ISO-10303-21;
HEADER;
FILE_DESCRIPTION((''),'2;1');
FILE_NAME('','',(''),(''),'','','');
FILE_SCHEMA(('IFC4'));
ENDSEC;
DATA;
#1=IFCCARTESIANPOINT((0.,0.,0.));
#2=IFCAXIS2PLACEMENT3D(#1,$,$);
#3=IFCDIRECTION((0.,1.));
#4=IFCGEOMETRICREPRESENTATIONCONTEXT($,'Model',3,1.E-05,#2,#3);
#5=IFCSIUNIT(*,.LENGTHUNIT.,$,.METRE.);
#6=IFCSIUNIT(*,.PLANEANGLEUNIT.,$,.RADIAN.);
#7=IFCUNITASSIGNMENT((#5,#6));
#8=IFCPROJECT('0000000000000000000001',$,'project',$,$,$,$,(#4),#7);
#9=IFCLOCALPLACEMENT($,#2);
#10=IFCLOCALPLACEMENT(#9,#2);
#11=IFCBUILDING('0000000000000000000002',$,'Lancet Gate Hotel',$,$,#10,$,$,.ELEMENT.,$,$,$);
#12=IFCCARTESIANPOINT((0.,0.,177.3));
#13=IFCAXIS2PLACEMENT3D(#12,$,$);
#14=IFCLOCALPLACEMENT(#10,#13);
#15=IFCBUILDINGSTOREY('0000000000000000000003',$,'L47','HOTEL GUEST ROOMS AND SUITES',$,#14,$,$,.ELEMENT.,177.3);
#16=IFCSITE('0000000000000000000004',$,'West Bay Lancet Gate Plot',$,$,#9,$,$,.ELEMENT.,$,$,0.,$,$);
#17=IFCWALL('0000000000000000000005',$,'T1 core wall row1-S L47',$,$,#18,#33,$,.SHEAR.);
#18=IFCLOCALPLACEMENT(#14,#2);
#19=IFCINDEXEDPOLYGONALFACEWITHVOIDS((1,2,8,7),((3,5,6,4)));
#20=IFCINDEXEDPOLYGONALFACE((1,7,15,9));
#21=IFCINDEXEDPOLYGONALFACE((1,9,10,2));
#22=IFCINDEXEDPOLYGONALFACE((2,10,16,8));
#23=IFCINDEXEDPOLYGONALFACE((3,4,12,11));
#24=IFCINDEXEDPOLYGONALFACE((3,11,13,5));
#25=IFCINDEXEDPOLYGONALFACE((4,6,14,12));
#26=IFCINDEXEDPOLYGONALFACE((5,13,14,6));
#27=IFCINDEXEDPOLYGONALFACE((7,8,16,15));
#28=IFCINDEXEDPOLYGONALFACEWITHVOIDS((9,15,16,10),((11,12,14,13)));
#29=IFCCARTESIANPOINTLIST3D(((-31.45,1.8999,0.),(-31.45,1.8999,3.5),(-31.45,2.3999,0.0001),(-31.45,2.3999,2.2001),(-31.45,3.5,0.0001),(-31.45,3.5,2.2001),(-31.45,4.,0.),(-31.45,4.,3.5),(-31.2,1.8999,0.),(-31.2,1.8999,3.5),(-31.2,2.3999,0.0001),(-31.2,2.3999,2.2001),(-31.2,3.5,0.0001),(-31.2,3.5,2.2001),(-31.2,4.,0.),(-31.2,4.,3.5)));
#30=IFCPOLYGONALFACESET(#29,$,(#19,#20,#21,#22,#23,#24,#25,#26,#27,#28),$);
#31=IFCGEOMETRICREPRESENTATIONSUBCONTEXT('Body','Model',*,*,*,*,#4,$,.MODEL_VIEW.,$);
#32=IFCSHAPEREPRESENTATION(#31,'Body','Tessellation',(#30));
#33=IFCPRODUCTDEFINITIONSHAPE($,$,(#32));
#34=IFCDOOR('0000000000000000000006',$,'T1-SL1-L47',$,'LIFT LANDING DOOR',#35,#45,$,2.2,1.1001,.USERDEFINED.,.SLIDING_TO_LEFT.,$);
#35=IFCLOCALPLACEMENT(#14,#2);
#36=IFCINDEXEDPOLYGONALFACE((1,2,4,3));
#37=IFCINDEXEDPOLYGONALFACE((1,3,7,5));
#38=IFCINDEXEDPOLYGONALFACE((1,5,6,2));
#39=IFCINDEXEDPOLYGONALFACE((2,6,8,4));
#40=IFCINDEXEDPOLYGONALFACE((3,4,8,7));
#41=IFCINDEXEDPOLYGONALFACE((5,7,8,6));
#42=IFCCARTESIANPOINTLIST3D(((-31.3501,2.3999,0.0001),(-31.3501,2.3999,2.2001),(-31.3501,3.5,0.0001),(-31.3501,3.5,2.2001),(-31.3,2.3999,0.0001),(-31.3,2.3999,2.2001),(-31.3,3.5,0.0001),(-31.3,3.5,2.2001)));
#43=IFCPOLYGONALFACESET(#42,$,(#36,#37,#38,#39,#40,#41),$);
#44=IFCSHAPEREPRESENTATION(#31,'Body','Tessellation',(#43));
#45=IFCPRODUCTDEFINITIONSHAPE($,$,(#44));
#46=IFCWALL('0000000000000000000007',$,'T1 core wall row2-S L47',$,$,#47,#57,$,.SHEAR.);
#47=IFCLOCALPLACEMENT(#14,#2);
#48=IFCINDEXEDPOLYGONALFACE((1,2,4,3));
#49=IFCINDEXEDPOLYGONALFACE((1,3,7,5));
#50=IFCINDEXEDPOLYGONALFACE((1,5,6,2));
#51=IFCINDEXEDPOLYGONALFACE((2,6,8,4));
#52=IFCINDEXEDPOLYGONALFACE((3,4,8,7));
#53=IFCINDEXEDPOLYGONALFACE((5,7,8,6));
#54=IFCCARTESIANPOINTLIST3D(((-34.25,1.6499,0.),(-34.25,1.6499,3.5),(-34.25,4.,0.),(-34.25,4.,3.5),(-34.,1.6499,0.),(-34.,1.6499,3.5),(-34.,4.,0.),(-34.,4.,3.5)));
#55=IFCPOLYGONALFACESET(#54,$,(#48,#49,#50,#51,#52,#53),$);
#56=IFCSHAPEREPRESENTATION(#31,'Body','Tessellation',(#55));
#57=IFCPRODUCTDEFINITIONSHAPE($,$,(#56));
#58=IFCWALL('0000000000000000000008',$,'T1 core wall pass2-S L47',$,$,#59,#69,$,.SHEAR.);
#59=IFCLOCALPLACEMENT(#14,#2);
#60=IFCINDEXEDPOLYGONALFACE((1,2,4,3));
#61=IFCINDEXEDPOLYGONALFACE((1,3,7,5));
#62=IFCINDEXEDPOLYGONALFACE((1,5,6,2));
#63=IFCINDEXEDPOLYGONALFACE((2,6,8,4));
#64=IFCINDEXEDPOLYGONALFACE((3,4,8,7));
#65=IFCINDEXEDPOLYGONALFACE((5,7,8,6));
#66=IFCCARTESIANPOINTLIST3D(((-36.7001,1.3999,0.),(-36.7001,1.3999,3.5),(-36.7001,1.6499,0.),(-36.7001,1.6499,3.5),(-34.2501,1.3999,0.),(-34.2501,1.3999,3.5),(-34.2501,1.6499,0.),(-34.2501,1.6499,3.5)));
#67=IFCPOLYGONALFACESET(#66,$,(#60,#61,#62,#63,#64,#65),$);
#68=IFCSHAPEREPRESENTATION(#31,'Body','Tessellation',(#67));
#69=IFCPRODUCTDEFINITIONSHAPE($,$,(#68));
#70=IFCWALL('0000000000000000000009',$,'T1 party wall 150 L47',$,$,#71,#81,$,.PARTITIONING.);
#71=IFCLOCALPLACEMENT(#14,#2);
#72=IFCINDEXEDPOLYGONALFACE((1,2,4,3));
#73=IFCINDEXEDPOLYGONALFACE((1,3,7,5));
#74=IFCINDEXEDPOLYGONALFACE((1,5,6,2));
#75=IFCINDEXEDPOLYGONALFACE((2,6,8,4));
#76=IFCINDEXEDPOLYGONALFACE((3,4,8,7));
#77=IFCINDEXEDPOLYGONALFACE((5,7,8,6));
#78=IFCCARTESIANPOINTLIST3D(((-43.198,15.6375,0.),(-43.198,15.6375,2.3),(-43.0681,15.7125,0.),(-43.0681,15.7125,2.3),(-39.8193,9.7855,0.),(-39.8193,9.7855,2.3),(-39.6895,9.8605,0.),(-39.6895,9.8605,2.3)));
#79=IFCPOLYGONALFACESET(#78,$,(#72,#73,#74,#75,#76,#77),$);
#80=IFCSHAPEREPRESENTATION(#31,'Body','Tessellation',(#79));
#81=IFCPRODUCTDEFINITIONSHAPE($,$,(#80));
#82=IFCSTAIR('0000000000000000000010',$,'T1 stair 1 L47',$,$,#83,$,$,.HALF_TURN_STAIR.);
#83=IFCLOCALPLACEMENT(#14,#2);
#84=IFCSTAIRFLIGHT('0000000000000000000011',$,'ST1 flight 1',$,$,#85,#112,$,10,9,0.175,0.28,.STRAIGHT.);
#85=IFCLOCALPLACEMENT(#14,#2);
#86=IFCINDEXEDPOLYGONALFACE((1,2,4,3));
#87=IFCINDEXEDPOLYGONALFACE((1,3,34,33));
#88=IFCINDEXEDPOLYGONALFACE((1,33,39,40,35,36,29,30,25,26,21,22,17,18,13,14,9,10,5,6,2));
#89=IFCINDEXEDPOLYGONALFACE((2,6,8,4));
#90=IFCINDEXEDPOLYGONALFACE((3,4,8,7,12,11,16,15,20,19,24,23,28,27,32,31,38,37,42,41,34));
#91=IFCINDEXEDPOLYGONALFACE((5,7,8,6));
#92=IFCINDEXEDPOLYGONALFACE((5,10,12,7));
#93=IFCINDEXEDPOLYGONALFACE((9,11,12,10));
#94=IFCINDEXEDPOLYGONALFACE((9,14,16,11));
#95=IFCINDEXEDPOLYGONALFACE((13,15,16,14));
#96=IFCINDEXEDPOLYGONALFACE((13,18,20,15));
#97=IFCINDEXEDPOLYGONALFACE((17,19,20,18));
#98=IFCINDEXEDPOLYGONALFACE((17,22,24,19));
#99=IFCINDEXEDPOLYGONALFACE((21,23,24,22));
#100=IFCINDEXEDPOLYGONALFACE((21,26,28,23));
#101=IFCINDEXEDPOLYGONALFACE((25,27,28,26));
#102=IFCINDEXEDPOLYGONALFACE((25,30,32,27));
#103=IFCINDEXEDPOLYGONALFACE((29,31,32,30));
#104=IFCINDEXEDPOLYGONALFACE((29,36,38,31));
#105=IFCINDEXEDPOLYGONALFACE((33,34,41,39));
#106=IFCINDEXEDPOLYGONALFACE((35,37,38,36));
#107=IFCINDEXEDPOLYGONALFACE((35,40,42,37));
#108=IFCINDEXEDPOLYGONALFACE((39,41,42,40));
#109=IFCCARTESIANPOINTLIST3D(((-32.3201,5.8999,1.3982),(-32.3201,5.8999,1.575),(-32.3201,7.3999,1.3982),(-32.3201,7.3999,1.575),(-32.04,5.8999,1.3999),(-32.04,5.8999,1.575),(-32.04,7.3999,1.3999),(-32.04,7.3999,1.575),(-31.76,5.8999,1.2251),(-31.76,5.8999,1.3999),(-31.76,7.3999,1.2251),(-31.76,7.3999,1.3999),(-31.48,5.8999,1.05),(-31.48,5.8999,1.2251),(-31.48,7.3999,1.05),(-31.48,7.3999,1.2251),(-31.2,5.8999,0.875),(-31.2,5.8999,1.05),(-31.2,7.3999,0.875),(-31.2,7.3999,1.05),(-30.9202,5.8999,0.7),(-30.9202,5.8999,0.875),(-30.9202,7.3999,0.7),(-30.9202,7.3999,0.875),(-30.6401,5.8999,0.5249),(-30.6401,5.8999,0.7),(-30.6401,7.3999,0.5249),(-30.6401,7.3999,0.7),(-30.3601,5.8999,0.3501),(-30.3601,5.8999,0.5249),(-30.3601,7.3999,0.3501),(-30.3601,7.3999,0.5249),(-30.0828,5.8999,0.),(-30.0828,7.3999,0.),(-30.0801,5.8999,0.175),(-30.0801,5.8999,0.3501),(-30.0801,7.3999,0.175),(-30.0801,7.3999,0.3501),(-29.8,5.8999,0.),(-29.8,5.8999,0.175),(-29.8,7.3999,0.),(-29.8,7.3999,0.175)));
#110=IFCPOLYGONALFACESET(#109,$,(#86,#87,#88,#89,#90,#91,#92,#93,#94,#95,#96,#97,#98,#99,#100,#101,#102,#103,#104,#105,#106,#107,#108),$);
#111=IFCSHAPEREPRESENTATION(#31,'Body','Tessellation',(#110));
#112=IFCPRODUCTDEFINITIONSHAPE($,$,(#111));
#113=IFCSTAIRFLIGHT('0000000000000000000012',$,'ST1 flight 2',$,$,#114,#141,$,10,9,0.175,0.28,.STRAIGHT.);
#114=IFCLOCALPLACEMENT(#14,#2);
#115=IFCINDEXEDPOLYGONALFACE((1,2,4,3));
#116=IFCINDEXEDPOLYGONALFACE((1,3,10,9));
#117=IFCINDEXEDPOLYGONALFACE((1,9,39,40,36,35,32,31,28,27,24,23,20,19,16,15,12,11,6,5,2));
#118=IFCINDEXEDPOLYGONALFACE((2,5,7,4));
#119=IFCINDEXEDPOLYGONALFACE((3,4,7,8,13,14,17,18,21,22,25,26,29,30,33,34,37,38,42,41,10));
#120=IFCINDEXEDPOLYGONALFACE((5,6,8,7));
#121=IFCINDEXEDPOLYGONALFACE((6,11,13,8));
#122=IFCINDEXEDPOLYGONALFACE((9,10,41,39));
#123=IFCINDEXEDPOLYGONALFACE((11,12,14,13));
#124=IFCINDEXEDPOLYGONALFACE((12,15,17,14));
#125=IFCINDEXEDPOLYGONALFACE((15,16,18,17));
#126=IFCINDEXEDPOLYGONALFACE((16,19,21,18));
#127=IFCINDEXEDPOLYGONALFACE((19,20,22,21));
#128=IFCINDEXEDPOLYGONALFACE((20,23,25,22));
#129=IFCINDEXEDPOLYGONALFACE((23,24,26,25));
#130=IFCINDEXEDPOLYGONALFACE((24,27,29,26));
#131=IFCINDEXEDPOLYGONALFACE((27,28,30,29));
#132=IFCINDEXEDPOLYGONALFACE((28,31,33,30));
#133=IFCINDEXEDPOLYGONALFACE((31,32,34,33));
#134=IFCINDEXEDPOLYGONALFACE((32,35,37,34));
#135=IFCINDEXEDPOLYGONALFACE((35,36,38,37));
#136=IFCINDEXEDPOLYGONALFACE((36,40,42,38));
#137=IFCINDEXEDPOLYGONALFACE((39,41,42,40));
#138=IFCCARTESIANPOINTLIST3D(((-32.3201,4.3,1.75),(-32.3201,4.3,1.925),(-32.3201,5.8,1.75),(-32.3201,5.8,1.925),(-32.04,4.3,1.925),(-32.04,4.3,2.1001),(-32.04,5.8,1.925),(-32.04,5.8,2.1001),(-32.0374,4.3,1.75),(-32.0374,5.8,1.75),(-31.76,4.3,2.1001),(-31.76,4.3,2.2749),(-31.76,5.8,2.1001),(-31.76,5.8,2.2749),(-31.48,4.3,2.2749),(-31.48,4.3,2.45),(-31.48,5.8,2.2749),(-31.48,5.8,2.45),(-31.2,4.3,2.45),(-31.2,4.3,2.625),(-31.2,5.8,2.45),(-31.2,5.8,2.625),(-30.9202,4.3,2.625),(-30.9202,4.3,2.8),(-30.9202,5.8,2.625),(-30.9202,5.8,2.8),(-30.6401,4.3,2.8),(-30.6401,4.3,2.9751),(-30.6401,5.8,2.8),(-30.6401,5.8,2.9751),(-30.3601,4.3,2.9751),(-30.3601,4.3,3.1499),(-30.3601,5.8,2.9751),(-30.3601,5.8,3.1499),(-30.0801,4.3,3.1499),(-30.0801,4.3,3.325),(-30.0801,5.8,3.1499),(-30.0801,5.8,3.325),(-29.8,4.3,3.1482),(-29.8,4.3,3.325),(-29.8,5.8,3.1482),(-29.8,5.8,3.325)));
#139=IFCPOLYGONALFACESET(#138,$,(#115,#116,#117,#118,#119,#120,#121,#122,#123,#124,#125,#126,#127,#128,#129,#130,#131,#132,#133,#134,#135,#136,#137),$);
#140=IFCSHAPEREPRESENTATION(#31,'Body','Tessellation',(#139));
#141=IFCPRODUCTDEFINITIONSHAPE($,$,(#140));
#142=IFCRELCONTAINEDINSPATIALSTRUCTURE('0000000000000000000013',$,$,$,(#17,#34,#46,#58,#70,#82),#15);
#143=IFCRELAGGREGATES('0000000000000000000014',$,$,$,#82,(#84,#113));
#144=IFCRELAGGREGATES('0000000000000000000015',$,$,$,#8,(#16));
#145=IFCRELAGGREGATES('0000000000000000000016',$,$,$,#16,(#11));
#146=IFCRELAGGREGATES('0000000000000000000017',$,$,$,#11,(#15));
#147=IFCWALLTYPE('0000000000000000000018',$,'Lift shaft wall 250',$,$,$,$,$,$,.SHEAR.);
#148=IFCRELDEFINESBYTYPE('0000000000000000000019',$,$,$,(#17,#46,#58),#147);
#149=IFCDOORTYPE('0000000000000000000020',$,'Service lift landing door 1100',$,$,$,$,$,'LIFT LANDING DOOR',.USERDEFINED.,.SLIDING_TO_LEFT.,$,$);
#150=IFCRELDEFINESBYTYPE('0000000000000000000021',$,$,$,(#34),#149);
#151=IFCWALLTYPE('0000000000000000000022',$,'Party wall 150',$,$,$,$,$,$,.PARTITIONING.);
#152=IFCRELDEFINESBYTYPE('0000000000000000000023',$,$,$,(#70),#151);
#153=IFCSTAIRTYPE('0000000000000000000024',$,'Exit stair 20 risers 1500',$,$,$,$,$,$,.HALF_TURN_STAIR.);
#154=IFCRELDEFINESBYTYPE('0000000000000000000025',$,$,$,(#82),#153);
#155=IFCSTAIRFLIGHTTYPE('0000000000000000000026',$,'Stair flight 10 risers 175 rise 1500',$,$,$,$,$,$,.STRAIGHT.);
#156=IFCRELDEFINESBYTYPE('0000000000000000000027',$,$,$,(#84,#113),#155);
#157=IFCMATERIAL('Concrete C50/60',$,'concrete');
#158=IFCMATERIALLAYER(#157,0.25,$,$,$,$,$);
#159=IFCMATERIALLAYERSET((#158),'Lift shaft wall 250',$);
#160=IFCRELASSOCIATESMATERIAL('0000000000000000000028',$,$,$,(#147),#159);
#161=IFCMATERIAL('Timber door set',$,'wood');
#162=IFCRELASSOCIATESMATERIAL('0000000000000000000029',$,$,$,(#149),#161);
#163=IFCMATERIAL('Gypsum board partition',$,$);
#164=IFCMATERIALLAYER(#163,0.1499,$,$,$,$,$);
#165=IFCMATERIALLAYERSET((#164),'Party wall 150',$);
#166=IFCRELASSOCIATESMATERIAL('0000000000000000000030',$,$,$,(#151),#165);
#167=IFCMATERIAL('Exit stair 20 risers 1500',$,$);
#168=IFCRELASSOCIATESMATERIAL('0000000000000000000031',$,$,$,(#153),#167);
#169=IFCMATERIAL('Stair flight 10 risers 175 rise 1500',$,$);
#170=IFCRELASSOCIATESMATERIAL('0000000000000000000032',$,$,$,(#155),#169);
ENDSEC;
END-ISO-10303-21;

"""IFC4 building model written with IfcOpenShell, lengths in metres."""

from ifc_helpers import new_model, si_unit, direction, frame, frame_2d, origin, place, context, subcontext, project, spatial, polyline, rectangle, outline, extrude, material, layer, layer_set, type_object, element, fill, aggregate, save


model = new_model("IFC4")

# Units and contexts
model_context = context("Model", 3, precision=1e-05, world=origin(), true_north=direction((0.0, 1.0)))
body_context = subcontext(model_context, "Body", "Model", "MODEL_VIEW")
ifc_project = project(units=[si_unit("LENGTHUNIT", "METRE"), si_unit("PLANEANGLEUNIT", "RADIAN")], contexts=[model_context])

# Site, building, storey
site_placement = place(None, origin())
site = spatial("IfcSite", under=ifc_project, at=site_placement, Name="West Bay Lancet Gate Plot", CompositionType="ELEMENT", RefElevation=0.0)
building_placement = place(site_placement, origin())
building = spatial("IfcBuilding", under=site, at=building_placement, Name="Lancet Gate Hotel", CompositionType="ELEMENT")
storey_placement = place(building_placement, frame((0.0, 0.0, 177.3)))
storey = spatial("IfcBuildingStorey", under=building, at=storey_placement, Name="L47", Description="HOTEL GUEST ROOMS AND SUITES", CompositionType="ELEMENT", Elevation=177.3)

# Wall, opening, door
ifc_material_1 = material(Name="Concrete C50/60", Category="concrete")
ifc_layer_1 = layer(ifc_material_1, 0.25)
ifc_layer_set_1 = layer_set([ifc_layer_1], Name="Lift shaft wall 250")
wall_type_1 = type_object("IfcWallType", Name="Lift shaft wall 250", PredefinedType="SHEAR", material=ifc_layer_set_1)
wall_1_placement = place(storey_placement, frame((-31.325, 4.0, 0.0), z_axis=(0.0, 0.0, 1.0), x_axis=(0.0, -1.0, 0.0)))
wall_1 = element("IfcWall", 1, at=wall_1_placement, inside=storey, type_object=wall_type_1, Name="T1 core wall row1-S L47", PredefinedType="SHEAR", context=body_context, shape_type="SweptSolid", body=[
    extrude(rectangle(XDim=2.1001, YDim=0.25, at=frame_2d((1.05, 0.0))), origin(), (0.0, 0.0, 1.0), 3.5),
])
opening_1_placement = place(wall_1_placement, frame((0.5, 0.0, 0.0)))
opening_1 = element("IfcOpeningElement", 2, at=opening_1_placement, cuts=wall_1, PredefinedType="OPENING", context=body_context, shape_type="SweptSolid", body=[
    extrude(rectangle(XDim=1.1001, YDim=2.2, at=frame_2d((0.55, 1.1001))), frame((0.0, 0.135, 0.0), z_axis=(0.0, -1.0, 0.0), x_axis=(1.0, 0.0, 0.0)), (0.0, 0.0, 1.0), 0.27),
])
ifc_material_2 = material(Name="Timber door set", Category="wood")
door_type_1 = type_object("IfcDoorType", Name="Service lift landing door 1100", ElementType="LIFT LANDING DOOR", OperationType="SLIDING_TO_LEFT", PredefinedType="USERDEFINED", material=ifc_material_2)
door_1_placement = place(opening_1_placement, origin())
door_1 = element("IfcDoor", 3, at=door_1_placement, inside=storey, type_object=door_type_1, Name="T1-SL1-L47", ObjectType="LIFT LANDING DOOR", OperationType="SLIDING_TO_LEFT", OverallHeight=2.2, OverallWidth=1.1001, PredefinedType="USERDEFINED", context=body_context, shape_type="SweptSolid", body=[
    extrude(rectangle(XDim=1.1001, YDim=2.2, at=frame_2d((0.55, 1.1001))), frame((0.0, 0.0249, 0.0), z_axis=(0.0, -1.0, 0.0), x_axis=(1.0, 0.0, 0.0)), (0.0, 0.0, 1.0), 0.05),
])
fill(opening_1, door_1)

# Walls
wall_2_placement = place(storey_placement, frame((-34.125, 4.0, 0.0), z_axis=(0.0, 0.0, 1.0), x_axis=(0.0, -1.0, 0.0)))
element("IfcWall", 4, at=wall_2_placement, inside=storey, type_object=wall_type_1, Name="T1 core wall row2-S L47", PredefinedType="SHEAR", context=body_context, shape_type="SweptSolid", body=[
    extrude(rectangle(XDim=2.3501, YDim=0.25, at=frame_2d((1.175, 0.0))), origin(), (0.0, 0.0, 1.0), 3.5),
])
wall_3_placement = place(storey_placement, frame((-34.25, 1.5249, 0.0), z_axis=(0.0, 0.0, 1.0), x_axis=(-1.0, 0.0, 0.0)))
element("IfcWall", 5, at=wall_3_placement, inside=storey, type_object=wall_type_1, Name="T1 core wall pass2-S L47", PredefinedType="SHEAR", context=body_context, shape_type="SweptSolid", body=[
    extrude(rectangle(XDim=2.45, YDim=0.25, at=frame_2d((1.2251, 0.0))), origin(), (0.0, 0.0, 1.0), 3.5),
])
ifc_material_3 = material(Name="Gypsum board partition")
ifc_layer_2 = layer(ifc_material_3, 0.1499)
ifc_layer_set_2 = layer_set([ifc_layer_2], Name="Party wall 150")
wall_type_2 = type_object("IfcWallType", Name="Party wall 150", PredefinedType="PARTITIONING", material=ifc_layer_set_2)
wall_4_placement = place(storey_placement, frame((-39.7544, 9.823, 0.0), z_axis=(0.0, 0.0, 1.0), x_axis=(-0.499998, 0.866027, 0.0)))
element("IfcWall", 6, at=wall_4_placement, inside=storey, type_object=wall_type_2, Name="T1 party wall 150 L47", PredefinedType="PARTITIONING", context=body_context, shape_type="SweptSolid", body=[
    extrude(rectangle(XDim=6.7573, YDim=0.1499, at=frame_2d((3.3787, 0.0))), origin(), (0.0, 0.0, 1.0), 2.3),
])

# Stair, stair flights
ifc_material_4 = material(Name="Exit stair 20 risers 1500")
stair_type = type_object("IfcStairType", Name="Exit stair 20 risers 1500", PredefinedType="HALF_TURN_STAIR", material=ifc_material_4)
stair_placement = place(storey_placement, origin())
stair = element("IfcStair", 7, at=stair_placement, inside=storey, type_object=stair_type, Name="T1 stair 1 L47", PredefinedType="HALF_TURN_STAIR")
ifc_material_5 = material(Name="Stair flight 10 risers 175 rise 1500")
stair_flight_type = type_object("IfcStairFlightType", Name="Stair flight 10 risers 175 rise 1500", PredefinedType="STRAIGHT", material=ifc_material_5)
stair_flight_1_placement = place(storey_placement, frame((-29.8, 6.6499, 0.0), z_axis=(0.0, 0.0, 1.0), x_axis=(-1.0, 0.0, 0.0)))
stair_flight_1 = element("IfcStairFlight", 8, at=stair_flight_1_placement, type_object=stair_flight_type, Name="ST1 flight 1", NumberOfRisers=10, NumberOfTreads=9, PredefinedType="STRAIGHT", RiserHeight=0.175, TreadLength=0.28, context=body_context, shape_type="SweptSolid", body=[
    extrude(outline(polyline([(0.0, 0.0), (0.0, 0.175), (0.28, 0.175), (0.28, 0.3501), (0.5601, 0.3501), (0.5601, 0.5249), (0.8401, 0.5249), (0.8401, 0.7), (1.1201, 0.7), (1.1201, 0.875), (1.3999, 0.875), (1.3999, 1.05), (1.6799, 1.05), (1.6799, 1.2251), (1.96, 1.2251), (1.96, 1.3999), (2.24, 1.3999), (2.24, 1.575), (2.52, 1.575), (2.52, 1.75), (2.52, 1.3982), (0.2827, 0.0), (0.0, 0.0)])), frame((0.0, 0.75, 0.0), z_axis=(0.0, -1.0, 0.0), x_axis=(1.0, 0.0, 0.0)), (0.0, 0.0, 1.0), 1.5),
])
stair_flight_2_placement = place(storey_placement, frame((-32.3201, 5.05, 1.75), z_axis=(0.0, 0.0, 1.0), x_axis=(1.0, 0.0, 0.0)))
stair_flight_2 = element("IfcStairFlight", 9, at=stair_flight_2_placement, type_object=stair_flight_type, Name="ST1 flight 2", NumberOfRisers=10, NumberOfTreads=9, PredefinedType="STRAIGHT", RiserHeight=0.175, TreadLength=0.28, context=body_context, shape_type="SweptSolid", body=[
    extrude(outline(polyline([(0.0, 0.0), (0.0, 0.175), (0.28, 0.175), (0.28, 0.3501), (0.5601, 0.3501), (0.5601, 0.5249), (0.8401, 0.5249), (0.8401, 0.7), (1.1201, 0.7), (1.1201, 0.875), (1.3999, 0.875), (1.3999, 1.05), (1.6799, 1.05), (1.6799, 1.2251), (1.96, 1.2251), (1.96, 1.3999), (2.24, 1.3999), (2.24, 1.575), (2.52, 1.575), (2.52, 1.75), (2.52, 1.3982), (0.2827, 0.0), (0.0, 0.0)])), frame((0.0, 0.75, 0.0), z_axis=(0.0, -1.0, 0.0), x_axis=(1.0, 0.0, 0.0)), (0.0, 0.0, 1.0), 1.5),
])
aggregate(stair, [stair_flight_1, stair_flight_2])

save(model, "model.ifc")
